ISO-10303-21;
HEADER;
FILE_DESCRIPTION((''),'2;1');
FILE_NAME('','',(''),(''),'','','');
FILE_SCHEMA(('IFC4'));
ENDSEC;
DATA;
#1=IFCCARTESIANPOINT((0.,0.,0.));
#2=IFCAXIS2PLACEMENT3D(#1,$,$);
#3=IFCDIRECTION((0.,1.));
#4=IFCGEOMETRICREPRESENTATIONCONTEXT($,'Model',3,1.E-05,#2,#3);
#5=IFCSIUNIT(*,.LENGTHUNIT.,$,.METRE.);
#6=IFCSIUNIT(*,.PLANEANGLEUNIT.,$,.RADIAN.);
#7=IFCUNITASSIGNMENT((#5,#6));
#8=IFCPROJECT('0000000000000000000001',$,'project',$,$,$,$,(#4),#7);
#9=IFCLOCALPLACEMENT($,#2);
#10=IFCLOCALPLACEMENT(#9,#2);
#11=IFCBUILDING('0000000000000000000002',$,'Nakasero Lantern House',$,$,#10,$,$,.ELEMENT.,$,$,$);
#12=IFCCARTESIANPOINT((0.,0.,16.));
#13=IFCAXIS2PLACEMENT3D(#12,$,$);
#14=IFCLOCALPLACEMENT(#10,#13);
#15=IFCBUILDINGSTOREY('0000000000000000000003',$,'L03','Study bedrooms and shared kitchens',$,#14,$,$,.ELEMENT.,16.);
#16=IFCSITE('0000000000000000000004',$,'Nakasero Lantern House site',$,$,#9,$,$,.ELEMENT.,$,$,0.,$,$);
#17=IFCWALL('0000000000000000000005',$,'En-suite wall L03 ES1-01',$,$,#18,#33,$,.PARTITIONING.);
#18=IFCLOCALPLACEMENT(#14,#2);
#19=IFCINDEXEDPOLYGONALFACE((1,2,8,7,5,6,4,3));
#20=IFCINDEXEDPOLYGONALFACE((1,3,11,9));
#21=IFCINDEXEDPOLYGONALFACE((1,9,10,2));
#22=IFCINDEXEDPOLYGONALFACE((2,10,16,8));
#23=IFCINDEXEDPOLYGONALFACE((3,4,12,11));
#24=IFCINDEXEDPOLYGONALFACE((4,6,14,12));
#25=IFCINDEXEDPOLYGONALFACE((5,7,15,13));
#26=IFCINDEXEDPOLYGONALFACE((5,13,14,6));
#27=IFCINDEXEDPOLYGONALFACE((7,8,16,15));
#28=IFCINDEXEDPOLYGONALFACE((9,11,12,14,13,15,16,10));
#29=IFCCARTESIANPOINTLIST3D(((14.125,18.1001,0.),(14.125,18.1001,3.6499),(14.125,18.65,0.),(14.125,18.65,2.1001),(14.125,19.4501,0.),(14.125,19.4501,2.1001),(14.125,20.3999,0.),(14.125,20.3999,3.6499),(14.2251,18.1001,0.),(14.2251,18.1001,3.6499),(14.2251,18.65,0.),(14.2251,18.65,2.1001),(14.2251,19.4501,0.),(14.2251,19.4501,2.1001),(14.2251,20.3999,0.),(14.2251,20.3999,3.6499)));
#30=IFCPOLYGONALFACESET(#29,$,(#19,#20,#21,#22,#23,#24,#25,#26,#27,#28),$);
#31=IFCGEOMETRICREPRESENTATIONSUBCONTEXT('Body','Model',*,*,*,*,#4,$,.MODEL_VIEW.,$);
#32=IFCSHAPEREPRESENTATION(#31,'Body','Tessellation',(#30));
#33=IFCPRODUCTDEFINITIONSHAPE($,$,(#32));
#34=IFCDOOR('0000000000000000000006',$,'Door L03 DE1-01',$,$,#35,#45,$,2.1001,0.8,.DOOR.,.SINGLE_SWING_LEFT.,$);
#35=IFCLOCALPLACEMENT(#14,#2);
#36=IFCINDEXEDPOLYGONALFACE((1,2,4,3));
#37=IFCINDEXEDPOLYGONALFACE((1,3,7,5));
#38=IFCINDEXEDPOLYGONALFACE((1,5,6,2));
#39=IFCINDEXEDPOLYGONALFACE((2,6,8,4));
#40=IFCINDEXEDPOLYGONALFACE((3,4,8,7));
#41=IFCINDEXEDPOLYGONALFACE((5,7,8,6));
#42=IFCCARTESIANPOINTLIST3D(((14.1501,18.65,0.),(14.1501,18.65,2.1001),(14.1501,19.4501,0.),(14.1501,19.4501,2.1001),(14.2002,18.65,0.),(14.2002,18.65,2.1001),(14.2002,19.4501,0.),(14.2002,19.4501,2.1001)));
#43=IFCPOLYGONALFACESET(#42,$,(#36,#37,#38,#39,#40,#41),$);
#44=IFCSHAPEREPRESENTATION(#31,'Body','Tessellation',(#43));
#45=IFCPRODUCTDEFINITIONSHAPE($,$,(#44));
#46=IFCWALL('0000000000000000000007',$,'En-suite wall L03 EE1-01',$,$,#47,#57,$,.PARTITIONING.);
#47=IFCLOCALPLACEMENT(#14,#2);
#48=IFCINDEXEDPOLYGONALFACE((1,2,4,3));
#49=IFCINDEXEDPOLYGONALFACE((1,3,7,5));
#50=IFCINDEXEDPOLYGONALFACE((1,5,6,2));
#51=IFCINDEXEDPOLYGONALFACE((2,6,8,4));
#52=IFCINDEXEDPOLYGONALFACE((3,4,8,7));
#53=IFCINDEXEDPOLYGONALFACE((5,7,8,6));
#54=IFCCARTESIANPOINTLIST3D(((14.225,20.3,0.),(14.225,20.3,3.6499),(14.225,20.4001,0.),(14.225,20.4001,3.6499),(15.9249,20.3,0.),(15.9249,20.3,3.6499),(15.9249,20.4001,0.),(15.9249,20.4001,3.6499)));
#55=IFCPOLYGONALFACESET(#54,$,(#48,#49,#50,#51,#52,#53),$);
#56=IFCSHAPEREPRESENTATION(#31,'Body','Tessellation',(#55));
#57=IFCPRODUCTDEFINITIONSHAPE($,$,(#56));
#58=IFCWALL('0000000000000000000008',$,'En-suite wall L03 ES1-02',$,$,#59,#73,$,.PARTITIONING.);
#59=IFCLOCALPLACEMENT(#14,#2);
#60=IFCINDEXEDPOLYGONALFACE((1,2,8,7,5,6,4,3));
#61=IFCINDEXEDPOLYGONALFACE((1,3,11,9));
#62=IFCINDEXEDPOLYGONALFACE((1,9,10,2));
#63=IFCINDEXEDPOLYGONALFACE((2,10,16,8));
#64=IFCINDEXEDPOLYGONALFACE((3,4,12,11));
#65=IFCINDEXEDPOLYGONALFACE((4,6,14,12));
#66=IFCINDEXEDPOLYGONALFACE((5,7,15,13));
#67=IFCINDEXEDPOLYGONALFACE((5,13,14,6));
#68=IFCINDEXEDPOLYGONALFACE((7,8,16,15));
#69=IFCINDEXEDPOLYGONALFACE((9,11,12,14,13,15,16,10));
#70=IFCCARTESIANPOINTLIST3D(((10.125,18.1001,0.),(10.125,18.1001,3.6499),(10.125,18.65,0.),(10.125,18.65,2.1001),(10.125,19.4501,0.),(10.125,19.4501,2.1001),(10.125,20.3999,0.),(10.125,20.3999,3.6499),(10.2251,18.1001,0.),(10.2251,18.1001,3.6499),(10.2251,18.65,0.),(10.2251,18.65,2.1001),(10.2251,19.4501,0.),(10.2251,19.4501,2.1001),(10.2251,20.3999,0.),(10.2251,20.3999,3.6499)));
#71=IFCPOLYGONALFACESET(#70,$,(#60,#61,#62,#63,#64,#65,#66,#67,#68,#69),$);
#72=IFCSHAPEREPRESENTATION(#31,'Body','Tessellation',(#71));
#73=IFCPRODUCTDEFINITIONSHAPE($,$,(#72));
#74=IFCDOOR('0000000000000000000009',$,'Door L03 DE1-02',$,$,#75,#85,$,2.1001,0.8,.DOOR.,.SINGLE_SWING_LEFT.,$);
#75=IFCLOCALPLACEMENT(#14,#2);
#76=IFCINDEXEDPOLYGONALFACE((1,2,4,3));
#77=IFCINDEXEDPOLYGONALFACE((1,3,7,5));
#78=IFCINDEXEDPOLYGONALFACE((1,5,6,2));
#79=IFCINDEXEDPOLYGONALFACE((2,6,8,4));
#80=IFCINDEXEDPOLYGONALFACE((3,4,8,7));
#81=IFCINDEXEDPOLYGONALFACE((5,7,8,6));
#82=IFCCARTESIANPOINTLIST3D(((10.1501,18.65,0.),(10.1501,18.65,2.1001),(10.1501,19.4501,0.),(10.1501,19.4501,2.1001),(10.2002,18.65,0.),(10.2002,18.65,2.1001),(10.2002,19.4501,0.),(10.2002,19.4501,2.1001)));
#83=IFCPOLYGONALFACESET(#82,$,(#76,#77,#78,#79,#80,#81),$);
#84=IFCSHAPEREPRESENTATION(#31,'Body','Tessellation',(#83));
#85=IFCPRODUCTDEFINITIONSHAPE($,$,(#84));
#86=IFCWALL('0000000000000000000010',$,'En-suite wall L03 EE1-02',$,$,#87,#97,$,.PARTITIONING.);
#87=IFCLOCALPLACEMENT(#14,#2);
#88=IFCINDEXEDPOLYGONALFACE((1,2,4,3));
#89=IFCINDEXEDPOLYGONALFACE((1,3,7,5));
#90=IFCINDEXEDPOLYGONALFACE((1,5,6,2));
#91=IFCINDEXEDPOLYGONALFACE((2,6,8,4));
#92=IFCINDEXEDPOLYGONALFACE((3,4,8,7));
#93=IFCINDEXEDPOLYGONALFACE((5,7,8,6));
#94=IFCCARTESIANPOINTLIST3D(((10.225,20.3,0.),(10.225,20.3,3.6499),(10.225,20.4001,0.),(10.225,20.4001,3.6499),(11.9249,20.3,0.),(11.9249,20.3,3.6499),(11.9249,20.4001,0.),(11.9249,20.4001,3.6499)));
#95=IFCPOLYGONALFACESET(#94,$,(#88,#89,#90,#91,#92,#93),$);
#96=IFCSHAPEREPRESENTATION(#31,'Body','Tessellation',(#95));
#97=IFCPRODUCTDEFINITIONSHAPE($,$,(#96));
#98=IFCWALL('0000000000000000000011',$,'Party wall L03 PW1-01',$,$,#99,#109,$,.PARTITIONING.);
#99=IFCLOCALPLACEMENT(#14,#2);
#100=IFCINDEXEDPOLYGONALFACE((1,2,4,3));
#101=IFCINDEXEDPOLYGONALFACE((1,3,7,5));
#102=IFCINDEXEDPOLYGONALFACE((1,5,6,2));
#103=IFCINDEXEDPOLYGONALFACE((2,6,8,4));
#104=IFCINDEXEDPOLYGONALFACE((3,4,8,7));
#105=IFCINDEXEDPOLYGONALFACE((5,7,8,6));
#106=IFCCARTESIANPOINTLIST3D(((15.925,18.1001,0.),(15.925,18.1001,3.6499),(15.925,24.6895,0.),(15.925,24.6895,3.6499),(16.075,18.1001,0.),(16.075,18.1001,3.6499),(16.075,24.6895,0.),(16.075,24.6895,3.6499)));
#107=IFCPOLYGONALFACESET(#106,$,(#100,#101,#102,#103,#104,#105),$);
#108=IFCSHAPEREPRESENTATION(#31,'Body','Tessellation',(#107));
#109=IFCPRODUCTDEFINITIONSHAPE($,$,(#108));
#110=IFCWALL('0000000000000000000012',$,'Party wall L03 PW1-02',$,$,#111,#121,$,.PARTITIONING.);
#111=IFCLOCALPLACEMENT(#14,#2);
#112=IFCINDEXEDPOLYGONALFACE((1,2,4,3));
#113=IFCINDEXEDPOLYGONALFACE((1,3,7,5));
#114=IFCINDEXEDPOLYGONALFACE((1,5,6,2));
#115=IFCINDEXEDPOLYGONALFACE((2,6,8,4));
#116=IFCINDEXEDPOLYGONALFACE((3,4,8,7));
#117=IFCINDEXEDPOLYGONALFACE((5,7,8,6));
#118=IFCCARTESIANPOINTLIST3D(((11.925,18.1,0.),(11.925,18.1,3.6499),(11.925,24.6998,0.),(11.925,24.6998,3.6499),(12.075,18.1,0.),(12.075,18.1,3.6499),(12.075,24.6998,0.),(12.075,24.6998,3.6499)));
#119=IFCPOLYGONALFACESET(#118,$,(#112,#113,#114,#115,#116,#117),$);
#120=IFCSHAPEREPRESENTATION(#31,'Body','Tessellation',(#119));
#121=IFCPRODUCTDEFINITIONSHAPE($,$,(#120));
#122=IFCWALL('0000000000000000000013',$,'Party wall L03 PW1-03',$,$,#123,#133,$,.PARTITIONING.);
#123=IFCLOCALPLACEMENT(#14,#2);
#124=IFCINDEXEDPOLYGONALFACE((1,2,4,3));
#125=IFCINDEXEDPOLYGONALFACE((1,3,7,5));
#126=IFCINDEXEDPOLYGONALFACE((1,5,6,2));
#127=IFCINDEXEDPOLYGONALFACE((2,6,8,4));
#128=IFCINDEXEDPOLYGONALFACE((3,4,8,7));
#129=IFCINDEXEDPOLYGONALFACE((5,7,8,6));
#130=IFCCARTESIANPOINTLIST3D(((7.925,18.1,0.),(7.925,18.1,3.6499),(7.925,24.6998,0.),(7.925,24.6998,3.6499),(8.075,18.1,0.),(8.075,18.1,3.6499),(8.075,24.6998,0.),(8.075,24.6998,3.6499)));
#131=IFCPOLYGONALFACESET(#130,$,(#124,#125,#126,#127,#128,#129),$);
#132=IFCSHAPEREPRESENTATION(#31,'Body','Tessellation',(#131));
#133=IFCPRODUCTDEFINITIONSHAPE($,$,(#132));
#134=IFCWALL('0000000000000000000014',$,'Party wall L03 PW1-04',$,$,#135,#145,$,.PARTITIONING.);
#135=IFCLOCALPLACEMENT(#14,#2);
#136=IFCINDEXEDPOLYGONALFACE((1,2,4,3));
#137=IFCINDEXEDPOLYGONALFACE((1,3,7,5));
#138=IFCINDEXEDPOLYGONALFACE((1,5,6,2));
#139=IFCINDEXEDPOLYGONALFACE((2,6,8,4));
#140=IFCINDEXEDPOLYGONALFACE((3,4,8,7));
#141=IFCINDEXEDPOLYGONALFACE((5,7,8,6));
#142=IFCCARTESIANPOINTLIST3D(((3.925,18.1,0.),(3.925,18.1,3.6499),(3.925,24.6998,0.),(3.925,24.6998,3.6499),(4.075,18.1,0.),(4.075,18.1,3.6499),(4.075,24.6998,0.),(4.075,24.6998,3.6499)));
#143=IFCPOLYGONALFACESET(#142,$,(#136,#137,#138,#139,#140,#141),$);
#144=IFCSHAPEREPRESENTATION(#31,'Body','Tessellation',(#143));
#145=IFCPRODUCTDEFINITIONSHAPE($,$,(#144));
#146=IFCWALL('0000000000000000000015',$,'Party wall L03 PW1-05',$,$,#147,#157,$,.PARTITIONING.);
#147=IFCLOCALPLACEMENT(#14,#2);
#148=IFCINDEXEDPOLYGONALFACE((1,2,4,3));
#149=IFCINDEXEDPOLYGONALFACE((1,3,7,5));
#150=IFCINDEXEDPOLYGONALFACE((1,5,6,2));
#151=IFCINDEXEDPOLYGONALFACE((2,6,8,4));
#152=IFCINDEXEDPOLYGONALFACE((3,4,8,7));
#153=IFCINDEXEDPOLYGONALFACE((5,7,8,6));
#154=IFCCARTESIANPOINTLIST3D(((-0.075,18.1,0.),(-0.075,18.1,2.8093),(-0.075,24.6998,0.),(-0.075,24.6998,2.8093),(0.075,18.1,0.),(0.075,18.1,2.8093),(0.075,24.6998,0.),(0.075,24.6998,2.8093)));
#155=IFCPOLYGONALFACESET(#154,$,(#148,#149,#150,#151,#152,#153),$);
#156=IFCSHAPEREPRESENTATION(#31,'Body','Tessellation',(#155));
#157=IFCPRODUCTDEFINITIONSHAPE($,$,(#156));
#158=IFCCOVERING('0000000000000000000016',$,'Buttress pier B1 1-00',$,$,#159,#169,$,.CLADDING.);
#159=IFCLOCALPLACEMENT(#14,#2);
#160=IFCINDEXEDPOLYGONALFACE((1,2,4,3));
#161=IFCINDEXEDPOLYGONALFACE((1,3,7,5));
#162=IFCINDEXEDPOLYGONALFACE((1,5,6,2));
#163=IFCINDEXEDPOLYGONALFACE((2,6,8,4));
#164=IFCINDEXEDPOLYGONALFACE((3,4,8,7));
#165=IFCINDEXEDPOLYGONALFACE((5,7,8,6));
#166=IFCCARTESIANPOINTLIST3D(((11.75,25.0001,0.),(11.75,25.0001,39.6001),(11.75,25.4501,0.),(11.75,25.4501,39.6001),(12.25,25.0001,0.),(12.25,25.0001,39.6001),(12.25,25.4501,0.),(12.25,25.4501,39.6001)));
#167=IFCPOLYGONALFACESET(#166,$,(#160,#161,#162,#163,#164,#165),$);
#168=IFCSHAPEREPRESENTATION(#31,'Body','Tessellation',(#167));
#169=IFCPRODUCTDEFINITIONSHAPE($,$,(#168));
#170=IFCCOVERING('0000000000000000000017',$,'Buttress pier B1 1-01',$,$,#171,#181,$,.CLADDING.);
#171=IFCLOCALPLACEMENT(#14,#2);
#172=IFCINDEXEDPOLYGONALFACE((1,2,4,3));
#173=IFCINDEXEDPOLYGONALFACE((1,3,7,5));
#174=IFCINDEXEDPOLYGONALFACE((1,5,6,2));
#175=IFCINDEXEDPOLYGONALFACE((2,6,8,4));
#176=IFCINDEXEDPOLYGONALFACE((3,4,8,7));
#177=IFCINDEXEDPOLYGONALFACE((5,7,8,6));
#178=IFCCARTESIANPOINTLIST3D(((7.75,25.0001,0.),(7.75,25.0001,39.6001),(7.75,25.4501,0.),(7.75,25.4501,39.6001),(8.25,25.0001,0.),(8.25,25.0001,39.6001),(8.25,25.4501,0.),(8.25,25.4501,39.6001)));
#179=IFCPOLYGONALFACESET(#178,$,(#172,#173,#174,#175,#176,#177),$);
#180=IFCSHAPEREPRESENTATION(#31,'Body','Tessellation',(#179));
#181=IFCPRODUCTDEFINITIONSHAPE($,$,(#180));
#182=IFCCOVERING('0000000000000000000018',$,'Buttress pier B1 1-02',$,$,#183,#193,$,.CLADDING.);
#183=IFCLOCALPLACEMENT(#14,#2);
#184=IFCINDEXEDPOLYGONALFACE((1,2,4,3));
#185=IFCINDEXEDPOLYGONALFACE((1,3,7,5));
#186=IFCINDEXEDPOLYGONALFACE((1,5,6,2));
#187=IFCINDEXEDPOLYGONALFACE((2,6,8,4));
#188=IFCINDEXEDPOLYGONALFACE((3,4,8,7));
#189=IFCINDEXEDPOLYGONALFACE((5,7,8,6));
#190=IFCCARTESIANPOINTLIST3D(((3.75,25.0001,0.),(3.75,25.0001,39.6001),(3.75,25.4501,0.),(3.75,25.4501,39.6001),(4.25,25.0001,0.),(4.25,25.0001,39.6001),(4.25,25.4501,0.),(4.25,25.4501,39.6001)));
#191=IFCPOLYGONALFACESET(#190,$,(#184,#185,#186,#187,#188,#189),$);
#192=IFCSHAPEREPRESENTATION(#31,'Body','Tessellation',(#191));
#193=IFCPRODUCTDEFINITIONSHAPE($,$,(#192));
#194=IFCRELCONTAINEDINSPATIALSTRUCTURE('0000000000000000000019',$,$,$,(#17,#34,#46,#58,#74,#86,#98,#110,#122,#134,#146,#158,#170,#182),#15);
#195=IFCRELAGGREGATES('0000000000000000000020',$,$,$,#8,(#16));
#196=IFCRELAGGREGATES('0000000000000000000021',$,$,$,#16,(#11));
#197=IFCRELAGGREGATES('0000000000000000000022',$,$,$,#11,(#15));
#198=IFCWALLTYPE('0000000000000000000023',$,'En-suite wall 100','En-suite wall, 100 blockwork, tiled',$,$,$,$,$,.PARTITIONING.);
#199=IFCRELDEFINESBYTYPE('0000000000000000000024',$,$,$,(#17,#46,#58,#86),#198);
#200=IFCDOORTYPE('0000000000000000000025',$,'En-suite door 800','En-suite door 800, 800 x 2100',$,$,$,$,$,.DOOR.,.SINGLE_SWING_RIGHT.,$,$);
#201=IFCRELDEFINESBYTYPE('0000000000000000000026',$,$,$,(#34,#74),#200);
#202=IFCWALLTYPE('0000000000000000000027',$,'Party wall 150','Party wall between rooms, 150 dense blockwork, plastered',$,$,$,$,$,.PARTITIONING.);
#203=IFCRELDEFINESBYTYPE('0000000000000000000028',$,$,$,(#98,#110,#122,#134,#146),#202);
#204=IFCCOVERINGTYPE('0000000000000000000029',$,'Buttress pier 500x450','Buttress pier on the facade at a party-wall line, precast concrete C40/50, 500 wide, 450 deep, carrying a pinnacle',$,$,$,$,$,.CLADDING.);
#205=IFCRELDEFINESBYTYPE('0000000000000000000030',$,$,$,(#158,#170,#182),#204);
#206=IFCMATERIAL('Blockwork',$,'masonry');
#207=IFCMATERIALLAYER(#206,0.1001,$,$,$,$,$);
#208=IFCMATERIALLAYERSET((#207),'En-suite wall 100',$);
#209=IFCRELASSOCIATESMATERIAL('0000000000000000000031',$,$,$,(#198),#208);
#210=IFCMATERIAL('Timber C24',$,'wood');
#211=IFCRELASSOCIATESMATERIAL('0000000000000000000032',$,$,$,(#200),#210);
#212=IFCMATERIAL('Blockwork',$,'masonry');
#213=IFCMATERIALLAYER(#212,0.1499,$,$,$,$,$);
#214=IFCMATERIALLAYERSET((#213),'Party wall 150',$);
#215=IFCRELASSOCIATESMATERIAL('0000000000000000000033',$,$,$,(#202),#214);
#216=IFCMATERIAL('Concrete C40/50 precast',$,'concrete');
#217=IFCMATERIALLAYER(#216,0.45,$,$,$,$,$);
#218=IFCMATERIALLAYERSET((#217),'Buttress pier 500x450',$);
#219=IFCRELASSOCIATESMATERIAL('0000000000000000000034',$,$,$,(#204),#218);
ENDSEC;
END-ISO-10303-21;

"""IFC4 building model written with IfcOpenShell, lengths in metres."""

from ifc_helpers import new_model, si_unit, direction, frame, frame_2d, origin, origin_2d, place, context, subcontext, project, spatial, rectangle, extrude, material, layer, layer_set, type_object, element, fill, save


model = new_model("IFC4")

# Units and contexts
model_context = context("Model", 3, precision=1e-05, world=origin(), true_north=direction((0.0, 1.0)))
body_context = subcontext(model_context, "Body", "Model", "MODEL_VIEW")
ifc_project = project(units=[si_unit("LENGTHUNIT", "METRE"), si_unit("PLANEANGLEUNIT", "RADIAN")], contexts=[model_context])

# Site, building, storey
site_placement = place(None, origin())
site = spatial("IfcSite", under=ifc_project, at=site_placement, Name="Nakasero Lantern House site", CompositionType="ELEMENT", RefElevation=0.0)
building_placement = place(site_placement, origin())
building = spatial("IfcBuilding", under=site, at=building_placement, Name="Nakasero Lantern House", CompositionType="ELEMENT")
storey_placement = place(building_placement, frame((0.0, 0.0, 16.0)))
storey = spatial("IfcBuildingStorey", under=building, at=storey_placement, Name="L03", Description="Study bedrooms and shared kitchens", CompositionType="ELEMENT", Elevation=16.0)

# Wall, opening, door
ifc_material_1 = material(Name="Blockwork", Category="masonry")
ifc_layer_1 = layer(ifc_material_1, 0.1001)
ifc_layer_set_1 = layer_set([ifc_layer_1], Name="En-suite wall 100")
wall_type_1 = type_object("IfcWallType", Name="En-suite wall 100", Description="En-suite wall, 100 blockwork, tiled", PredefinedType="PARTITIONING", material=ifc_layer_set_1)
wall_1_placement = place(storey_placement, frame((14.175, 18.1001, 0.0), z_axis=(0.0, 0.0, 1.0), x_axis=(0.0, 1.0, 0.0)))
wall_1 = element("IfcWall", 1, at=wall_1_placement, inside=storey, type_object=wall_type_1, Name="En-suite wall L03 ES1-01", PredefinedType="PARTITIONING", context=body_context, shape_type="SweptSolid", body=[
    extrude(rectangle(XDim=2.2998, YDim=0.1001, at=frame_2d((1.1499, 0.0))), origin(), (0.0, 0.0, 1.0), 3.6499),
])
opening_1_placement = place(wall_1_placement, frame((0.55, 0.0, 0.0)))
opening_1 = element("IfcOpeningElement", 2, at=opening_1_placement, cuts=wall_1, PredefinedType="OPENING", context=body_context, shape_type="SweptSolid", body=[
    extrude(rectangle(XDim=0.8, YDim=2.1001, at=frame_2d((0.3999, 1.05))), frame((0.0, 0.0701, 0.0), z_axis=(0.0, -1.0, 0.0), x_axis=(1.0, 0.0, 0.0)), (0.0, 0.0, 1.0), 0.1401),
])
ifc_material_2 = material(Name="Timber C24", Category="wood")
door_type_1 = type_object("IfcDoorType", Name="En-suite door 800", Description="En-suite door 800, 800 x 2100", OperationType="SINGLE_SWING_RIGHT", PredefinedType="DOOR", material=ifc_material_2)
door_1_placement = place(opening_1_placement, origin())
door_1 = element("IfcDoor", 3, at=door_1_placement, inside=storey, type_object=door_type_1, Name="Door L03 DE1-01", OperationType="SINGLE_SWING_LEFT", OverallHeight=2.1001, OverallWidth=0.8, PredefinedType="DOOR", context=body_context, shape_type="SweptSolid", body=[
    extrude(rectangle(XDim=0.8, YDim=2.1001, at=frame_2d((0.3999, 1.05))), frame((0.0, 0.0249, 0.0), z_axis=(0.0, -1.0, 0.0), x_axis=(1.0, 0.0, 0.0)), (0.0, 0.0, 1.0), 0.05),
])
fill(opening_1, door_1)

# Wall
wall_2_placement = place(storey_placement, frame((15.925, 20.3501, 0.0), z_axis=(0.0, 0.0, 1.0), x_axis=(-1.0, 0.0, 0.0)))
element("IfcWall", 4, at=wall_2_placement, inside=storey, type_object=wall_type_1, Name="En-suite wall L03 EE1-01", PredefinedType="PARTITIONING", context=body_context, shape_type="SweptSolid", body=[
    extrude(rectangle(XDim=1.7, YDim=0.1001, at=frame_2d((0.8501, 0.0))), origin(), (0.0, 0.0, 1.0), 3.6499),
])

# Wall, opening, door
wall_3_placement = place(storey_placement, frame((10.175, 18.1001, 0.0), z_axis=(0.0, 0.0, 1.0), x_axis=(0.0, 1.0, 0.0)))
wall_3 = element("IfcWall", 5, at=wall_3_placement, inside=storey, type_object=wall_type_1, Name="En-suite wall L03 ES1-02", PredefinedType="PARTITIONING", context=body_context, shape_type="SweptSolid", body=[
    extrude(rectangle(XDim=2.2998, YDim=0.1001, at=frame_2d((1.1499, 0.0))), origin(), (0.0, 0.0, 1.0), 3.6499),
])
opening_2_placement = place(wall_3_placement, frame((0.55, 0.0, 0.0)))
opening_2 = element("IfcOpeningElement", 6, at=opening_2_placement, cuts=wall_3, PredefinedType="OPENING", context=body_context, shape_type="SweptSolid", body=[
    extrude(rectangle(XDim=0.8, YDim=2.1001, at=frame_2d((0.3999, 1.05))), frame((0.0, 0.0701, 0.0), z_axis=(0.0, -1.0, 0.0), x_axis=(1.0, 0.0, 0.0)), (0.0, 0.0, 1.0), 0.1401),
])
door_2_placement = place(opening_2_placement, origin())
door_2 = element("IfcDoor", 7, at=door_2_placement, inside=storey, type_object=door_type_1, Name="Door L03 DE1-02", OperationType="SINGLE_SWING_LEFT", OverallHeight=2.1001, OverallWidth=0.8, PredefinedType="DOOR", context=body_context, shape_type="SweptSolid", body=[
    extrude(rectangle(XDim=0.8, YDim=2.1001, at=frame_2d((0.3999, 1.05))), frame((0.0, 0.0249, 0.0), z_axis=(0.0, -1.0, 0.0), x_axis=(1.0, 0.0, 0.0)), (0.0, 0.0, 1.0), 0.05),
])
fill(opening_2, door_2)

# Walls
wall_4_placement = place(storey_placement, frame((11.925, 20.3501, 0.0), z_axis=(0.0, 0.0, 1.0), x_axis=(-1.0, 0.0, 0.0)))
element("IfcWall", 8, at=wall_4_placement, inside=storey, type_object=wall_type_1, Name="En-suite wall L03 EE1-02", PredefinedType="PARTITIONING", context=body_context, shape_type="SweptSolid", body=[
    extrude(rectangle(XDim=1.7, YDim=0.1001, at=frame_2d((0.8501, 0.0))), origin(), (0.0, 0.0, 1.0), 3.6499),
])
ifc_material_3 = material(Name="Blockwork", Category="masonry")
ifc_layer_2 = layer(ifc_material_3, 0.1499)
ifc_layer_set_2 = layer_set([ifc_layer_2], Name="Party wall 150")
wall_type_2 = type_object("IfcWallType", Name="Party wall 150", Description="Party wall between rooms, 150 dense blockwork, plastered", PredefinedType="PARTITIONING", material=ifc_layer_set_2)
wall_5_placement = place(storey_placement, frame((16.0, 18.1001, 0.0), z_axis=(0.0, 0.0, 1.0), x_axis=(0.0, 1.0, 0.0)))
element("IfcWall", 9, at=wall_5_placement, inside=storey, type_object=wall_type_2, Name="Party wall L03 PW1-01", PredefinedType="PARTITIONING", context=body_context, shape_type="SweptSolid", body=[
    extrude(rectangle(XDim=6.5894, YDim=0.1499, at=frame_2d((3.2947, 0.0))), origin(), (0.0, 0.0, 1.0), 3.6499),
])
for number, where, z_axis, x_axis, name in (
    (10, (12.0, 18.1001, 0.0), (0.0, 0.0, 1.0), (0.0, 1.0, 0.0), "Party wall L03 PW1-02"),
    (11, (8.0, 18.1001, 0.0), (0.0, 0.0, 1.0), (0.0, 1.0, 0.0), "Party wall L03 PW1-03"),
    (12, (4.0, 18.1001, 0.0), (0.0, 0.0, 1.0), (0.0, 1.0, 0.0), "Party wall L03 PW1-04"),
):
    element("IfcWall", number, at=place(storey_placement, frame(where, z_axis=z_axis, x_axis=x_axis)), inside=storey, type_object=wall_type_2, Name=name, PredefinedType="PARTITIONING", context=body_context, shape_type="SweptSolid", body=[
        extrude(rectangle(XDim=6.5999, YDim=0.1499, at=frame_2d((3.2998, 0.0))), origin(), (0.0, 0.0, 1.0), 3.6499),
    ])
wall_6_placement = place(storey_placement, frame((0.0, 18.1001, 0.0), z_axis=(0.0, 0.0, 1.0), x_axis=(0.0, 1.0, 0.0)))
element("IfcWall", 13, at=wall_6_placement, inside=storey, type_object=wall_type_2, Name="Party wall L03 PW1-05", PredefinedType="PARTITIONING", context=body_context, shape_type="SweptSolid", body=[
    extrude(rectangle(XDim=6.5999, YDim=0.1499, at=frame_2d((3.2998, 0.0))), origin(), (0.0, 0.0, 1.0), 2.8093),
])

# Coverings
ifc_material_4 = material(Name="Concrete C40/50 precast", Category="concrete")
ifc_layer_3 = layer(ifc_material_4, 0.45)
ifc_layer_set_3 = layer_set([ifc_layer_3], Name="Buttress pier 500x450")
covering_type = type_object("IfcCoveringType", Name="Buttress pier 500x450", Description="Buttress pier on the facade at a party-wall line, precast concrete C40/50, 500 wide, 450 deep, carrying a pinnacle", PredefinedType="CLADDING", material=ifc_layer_set_3)
for number, where, z_axis, x_axis, name in (
    (14, (12.0, 25.2251, 0.0), (0.0, 0.0, 1.0), (0.0, 1.0, 0.0), "Buttress pier B1 1-00"),
    (15, (8.0, 25.2251, 0.0), (0.0, 0.0, 1.0), (0.0, 1.0, 0.0), "Buttress pier B1 1-01"),
    (16, (4.0, 25.2251, 0.0), (0.0, 0.0, 1.0), (0.0, 1.0, 0.0), "Buttress pier B1 1-02"),
):
    element("IfcCovering", number, at=place(storey_placement, frame(where, z_axis=z_axis, x_axis=x_axis)), inside=storey, type_object=covering_type, Name=name, PredefinedType="CLADDING", context=body_context, shape_type="SweptSolid", body=[
        extrude(rectangle(XDim=0.45, YDim=0.5, at=origin_2d()), origin(), (0.0, 0.0, 1.0), 39.6001),
    ])

save(model, "model.ifc")
